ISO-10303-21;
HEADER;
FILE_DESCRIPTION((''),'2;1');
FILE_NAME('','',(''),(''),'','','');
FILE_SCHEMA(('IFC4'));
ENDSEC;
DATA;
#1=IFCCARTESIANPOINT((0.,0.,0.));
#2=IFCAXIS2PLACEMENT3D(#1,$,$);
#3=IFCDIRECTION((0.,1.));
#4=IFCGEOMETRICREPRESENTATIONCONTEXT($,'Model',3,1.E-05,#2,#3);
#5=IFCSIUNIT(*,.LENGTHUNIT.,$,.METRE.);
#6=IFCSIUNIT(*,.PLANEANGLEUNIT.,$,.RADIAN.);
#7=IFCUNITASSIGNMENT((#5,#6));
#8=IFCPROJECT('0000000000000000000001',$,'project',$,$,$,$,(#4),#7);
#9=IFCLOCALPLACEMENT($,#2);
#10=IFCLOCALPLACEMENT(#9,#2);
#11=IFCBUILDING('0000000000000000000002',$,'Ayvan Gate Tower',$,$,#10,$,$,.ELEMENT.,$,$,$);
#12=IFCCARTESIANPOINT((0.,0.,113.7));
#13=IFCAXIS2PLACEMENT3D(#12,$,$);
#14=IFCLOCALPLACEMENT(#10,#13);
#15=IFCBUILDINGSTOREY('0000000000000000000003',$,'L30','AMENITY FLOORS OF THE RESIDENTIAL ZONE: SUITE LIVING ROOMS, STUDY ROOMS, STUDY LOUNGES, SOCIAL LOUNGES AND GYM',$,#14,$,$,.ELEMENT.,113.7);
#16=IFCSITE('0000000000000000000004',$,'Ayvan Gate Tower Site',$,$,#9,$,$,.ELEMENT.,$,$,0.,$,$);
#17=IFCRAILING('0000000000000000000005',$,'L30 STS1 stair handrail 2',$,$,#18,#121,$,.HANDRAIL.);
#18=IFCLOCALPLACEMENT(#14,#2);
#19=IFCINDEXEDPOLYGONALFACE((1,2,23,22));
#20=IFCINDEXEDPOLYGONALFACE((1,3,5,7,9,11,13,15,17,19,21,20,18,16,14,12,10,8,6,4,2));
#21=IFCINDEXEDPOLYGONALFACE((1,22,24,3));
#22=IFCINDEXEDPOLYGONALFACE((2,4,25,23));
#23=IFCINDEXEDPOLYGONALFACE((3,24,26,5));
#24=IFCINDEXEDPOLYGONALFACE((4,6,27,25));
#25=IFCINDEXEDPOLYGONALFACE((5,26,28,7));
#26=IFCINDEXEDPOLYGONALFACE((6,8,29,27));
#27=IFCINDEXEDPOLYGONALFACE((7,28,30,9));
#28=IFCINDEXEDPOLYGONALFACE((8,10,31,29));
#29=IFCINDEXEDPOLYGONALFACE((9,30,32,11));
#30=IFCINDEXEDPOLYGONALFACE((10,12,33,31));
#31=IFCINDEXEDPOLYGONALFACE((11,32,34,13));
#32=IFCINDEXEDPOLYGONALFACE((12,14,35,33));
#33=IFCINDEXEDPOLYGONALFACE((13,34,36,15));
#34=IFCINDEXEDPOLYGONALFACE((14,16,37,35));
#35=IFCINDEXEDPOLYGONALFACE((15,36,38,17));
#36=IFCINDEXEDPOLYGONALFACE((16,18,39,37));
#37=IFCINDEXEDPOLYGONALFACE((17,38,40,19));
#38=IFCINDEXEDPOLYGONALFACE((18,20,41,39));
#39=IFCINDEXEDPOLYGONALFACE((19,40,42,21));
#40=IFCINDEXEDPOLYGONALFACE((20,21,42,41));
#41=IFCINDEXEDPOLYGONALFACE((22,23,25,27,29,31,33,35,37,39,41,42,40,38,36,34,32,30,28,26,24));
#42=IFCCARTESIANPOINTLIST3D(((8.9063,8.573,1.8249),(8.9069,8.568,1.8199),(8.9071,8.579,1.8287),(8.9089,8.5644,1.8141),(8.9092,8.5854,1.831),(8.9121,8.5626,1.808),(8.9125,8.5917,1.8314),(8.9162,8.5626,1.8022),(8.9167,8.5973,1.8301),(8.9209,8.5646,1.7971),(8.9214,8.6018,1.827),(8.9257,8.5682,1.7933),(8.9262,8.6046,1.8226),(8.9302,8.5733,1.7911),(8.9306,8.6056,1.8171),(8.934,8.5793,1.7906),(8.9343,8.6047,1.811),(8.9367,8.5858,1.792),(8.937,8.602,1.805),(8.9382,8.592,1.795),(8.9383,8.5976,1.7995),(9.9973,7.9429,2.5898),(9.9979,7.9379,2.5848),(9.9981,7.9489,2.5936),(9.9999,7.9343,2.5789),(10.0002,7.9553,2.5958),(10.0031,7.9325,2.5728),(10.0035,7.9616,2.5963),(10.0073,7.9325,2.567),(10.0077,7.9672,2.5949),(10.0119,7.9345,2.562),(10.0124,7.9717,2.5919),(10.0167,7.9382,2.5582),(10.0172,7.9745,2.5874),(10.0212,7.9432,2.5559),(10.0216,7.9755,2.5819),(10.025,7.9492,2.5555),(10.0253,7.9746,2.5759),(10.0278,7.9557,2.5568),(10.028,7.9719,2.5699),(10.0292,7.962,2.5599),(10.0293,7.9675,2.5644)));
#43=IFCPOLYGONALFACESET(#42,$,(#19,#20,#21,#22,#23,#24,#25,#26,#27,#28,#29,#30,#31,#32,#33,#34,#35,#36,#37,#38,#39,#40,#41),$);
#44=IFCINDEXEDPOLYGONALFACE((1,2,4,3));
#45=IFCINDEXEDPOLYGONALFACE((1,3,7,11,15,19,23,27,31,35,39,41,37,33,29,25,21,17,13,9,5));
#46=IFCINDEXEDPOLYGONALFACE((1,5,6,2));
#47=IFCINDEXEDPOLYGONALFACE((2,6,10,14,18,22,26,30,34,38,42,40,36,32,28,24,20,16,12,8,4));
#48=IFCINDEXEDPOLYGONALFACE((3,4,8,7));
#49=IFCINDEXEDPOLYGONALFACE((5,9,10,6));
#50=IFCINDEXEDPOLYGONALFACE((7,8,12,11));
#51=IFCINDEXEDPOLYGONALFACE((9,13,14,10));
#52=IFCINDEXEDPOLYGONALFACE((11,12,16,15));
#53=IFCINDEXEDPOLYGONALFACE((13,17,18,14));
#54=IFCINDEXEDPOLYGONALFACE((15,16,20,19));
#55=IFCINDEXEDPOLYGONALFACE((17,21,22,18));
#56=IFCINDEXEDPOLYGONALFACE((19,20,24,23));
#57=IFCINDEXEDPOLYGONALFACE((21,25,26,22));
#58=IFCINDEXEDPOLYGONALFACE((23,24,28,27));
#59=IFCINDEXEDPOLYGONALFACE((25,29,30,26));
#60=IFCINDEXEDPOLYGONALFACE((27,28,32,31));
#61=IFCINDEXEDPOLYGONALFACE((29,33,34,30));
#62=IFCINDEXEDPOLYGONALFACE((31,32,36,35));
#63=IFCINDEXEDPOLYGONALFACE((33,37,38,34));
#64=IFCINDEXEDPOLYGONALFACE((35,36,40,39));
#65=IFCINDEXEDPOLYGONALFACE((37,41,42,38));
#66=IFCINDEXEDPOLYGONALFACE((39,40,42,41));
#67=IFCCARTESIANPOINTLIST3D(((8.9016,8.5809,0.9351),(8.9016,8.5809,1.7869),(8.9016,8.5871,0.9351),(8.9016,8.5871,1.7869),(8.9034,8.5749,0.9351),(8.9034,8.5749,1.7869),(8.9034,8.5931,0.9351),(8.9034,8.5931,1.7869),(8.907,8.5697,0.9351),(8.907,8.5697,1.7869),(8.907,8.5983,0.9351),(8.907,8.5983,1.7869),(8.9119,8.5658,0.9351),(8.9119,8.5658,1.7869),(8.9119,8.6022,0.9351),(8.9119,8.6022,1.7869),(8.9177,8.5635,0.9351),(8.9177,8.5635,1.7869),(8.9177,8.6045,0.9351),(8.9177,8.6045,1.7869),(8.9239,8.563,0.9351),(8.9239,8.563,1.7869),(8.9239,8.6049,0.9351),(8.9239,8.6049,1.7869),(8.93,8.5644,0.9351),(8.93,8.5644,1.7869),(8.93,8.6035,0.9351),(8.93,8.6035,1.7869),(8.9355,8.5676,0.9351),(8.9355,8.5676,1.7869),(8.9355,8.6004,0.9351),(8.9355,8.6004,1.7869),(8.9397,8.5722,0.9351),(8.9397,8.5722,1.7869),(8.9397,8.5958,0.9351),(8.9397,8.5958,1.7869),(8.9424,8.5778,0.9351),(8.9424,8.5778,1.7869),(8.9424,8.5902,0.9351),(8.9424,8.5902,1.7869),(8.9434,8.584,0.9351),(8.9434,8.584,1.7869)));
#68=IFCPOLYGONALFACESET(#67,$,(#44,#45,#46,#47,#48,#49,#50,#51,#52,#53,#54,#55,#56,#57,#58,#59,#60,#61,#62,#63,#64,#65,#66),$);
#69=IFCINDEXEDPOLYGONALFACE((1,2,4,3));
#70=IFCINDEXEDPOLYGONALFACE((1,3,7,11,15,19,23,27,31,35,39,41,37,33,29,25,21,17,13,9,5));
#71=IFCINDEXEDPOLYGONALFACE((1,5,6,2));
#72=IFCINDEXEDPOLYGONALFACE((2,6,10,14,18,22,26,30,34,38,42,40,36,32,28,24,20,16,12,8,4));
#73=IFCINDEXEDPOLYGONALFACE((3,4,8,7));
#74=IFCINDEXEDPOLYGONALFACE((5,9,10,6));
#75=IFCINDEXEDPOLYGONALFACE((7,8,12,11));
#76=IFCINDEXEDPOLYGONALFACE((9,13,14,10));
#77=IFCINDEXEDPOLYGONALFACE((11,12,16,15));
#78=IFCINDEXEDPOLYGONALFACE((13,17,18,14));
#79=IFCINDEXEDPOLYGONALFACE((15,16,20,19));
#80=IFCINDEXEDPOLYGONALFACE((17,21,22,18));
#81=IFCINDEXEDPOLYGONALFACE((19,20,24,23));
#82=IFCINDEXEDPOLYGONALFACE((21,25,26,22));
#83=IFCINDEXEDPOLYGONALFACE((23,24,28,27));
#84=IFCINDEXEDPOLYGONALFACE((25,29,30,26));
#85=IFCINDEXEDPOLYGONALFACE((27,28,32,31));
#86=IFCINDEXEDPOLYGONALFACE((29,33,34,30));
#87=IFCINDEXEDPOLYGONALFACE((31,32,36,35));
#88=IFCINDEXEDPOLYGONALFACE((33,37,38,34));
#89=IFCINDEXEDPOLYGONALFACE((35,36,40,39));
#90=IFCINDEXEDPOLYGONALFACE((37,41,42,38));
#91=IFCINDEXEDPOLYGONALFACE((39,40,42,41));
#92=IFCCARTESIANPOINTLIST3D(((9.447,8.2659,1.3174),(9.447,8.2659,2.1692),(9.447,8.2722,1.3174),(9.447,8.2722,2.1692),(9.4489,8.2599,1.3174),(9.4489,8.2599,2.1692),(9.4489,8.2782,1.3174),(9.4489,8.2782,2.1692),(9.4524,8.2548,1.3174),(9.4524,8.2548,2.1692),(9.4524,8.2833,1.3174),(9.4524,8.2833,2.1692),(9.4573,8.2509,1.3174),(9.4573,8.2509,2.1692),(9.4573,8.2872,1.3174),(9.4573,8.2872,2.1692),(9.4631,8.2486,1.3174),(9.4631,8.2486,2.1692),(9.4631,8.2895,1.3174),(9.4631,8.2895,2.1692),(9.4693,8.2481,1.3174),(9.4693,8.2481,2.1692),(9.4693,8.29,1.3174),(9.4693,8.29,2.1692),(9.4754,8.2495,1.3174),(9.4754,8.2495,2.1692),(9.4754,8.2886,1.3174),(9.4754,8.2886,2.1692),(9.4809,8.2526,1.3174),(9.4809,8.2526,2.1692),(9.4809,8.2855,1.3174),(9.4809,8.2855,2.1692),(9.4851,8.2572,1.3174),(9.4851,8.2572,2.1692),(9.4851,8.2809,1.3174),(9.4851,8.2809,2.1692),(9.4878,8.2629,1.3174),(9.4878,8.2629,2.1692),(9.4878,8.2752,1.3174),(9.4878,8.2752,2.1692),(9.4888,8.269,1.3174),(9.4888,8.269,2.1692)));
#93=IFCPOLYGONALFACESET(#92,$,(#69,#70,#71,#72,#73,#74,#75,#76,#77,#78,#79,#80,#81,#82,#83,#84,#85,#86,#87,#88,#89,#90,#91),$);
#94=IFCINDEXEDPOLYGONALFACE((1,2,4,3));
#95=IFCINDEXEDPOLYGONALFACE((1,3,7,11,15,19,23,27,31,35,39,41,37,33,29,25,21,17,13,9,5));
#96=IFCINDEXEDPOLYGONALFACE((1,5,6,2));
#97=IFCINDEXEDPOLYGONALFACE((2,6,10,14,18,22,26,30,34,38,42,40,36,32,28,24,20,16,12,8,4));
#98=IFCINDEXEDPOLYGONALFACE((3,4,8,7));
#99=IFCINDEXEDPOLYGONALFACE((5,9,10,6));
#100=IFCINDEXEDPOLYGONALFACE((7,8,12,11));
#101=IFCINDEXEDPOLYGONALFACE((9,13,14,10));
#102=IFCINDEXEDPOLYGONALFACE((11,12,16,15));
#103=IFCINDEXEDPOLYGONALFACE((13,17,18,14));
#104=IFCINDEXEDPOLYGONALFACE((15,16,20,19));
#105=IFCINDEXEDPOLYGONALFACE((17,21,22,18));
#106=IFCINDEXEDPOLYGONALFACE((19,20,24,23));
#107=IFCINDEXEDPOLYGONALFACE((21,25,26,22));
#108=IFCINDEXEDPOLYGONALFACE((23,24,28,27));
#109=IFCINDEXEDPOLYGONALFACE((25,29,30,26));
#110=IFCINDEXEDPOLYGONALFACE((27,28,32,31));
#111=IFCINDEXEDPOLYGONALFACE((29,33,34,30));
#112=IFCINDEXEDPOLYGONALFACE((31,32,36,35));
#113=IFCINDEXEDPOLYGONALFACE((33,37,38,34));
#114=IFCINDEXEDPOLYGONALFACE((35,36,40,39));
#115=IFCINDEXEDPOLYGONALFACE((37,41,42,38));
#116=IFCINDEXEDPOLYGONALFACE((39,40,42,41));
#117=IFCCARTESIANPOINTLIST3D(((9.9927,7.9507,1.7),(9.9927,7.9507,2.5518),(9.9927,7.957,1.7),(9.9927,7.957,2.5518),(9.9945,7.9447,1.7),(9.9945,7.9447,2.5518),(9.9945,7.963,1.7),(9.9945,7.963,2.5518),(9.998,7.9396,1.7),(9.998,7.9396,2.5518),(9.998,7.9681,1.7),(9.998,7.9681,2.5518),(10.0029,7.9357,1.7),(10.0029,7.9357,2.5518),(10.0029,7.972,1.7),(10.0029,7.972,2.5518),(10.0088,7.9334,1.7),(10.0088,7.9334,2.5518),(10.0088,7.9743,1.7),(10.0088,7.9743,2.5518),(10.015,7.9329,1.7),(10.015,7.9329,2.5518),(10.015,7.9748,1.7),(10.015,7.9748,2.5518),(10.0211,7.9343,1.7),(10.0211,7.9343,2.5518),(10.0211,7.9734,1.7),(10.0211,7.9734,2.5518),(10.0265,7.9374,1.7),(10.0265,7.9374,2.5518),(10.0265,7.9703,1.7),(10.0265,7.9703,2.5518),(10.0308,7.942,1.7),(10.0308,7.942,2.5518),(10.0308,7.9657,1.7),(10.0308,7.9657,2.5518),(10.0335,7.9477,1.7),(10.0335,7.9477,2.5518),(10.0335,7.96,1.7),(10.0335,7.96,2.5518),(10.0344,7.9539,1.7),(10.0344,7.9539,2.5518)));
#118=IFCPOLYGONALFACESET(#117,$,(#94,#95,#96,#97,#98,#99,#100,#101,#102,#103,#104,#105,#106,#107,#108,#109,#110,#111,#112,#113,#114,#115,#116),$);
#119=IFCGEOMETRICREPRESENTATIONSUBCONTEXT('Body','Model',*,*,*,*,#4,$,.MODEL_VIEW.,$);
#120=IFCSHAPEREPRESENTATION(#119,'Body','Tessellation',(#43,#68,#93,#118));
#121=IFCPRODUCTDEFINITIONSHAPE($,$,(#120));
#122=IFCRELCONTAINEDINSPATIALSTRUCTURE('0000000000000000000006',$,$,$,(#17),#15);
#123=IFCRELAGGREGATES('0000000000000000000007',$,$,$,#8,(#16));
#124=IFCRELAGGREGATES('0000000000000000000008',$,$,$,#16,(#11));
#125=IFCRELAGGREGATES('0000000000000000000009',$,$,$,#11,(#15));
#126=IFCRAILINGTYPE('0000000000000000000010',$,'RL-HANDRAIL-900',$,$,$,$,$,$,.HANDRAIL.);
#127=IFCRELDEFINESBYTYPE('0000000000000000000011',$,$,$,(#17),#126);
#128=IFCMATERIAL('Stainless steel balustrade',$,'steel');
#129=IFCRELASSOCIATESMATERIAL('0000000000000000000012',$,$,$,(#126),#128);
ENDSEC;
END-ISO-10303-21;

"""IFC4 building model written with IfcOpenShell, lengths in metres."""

from ifc_helpers import new_model, si_unit, direction, frame, origin, origin_2d, place, context, subcontext, project, spatial, circle, extrude, material, type_object, element, save


model = new_model("IFC4")

# Units and contexts
model_context = context("Model", 3, precision=1e-05, world=origin(), true_north=direction((0.0, 1.0)))
body_context = subcontext(model_context, "Body", "Model", "MODEL_VIEW")
ifc_project = project(units=[si_unit("LENGTHUNIT", "METRE"), si_unit("PLANEANGLEUNIT", "RADIAN")], contexts=[model_context])

# Site, building, storey
site_placement = place(None, origin())
site = spatial("IfcSite", under=ifc_project, at=site_placement, Name="Ayvan Gate Tower Site", CompositionType="ELEMENT", RefElevation=0.0)
building_placement = place(site_placement, origin())
building = spatial("IfcBuilding", under=site, at=building_placement, Name="Ayvan Gate Tower", CompositionType="ELEMENT")
storey_placement = place(building_placement, frame((0.0, 0.0, 113.7)))
storey = spatial("IfcBuildingStorey", under=building, at=storey_placement, Name="L30", Description="AMENITY FLOORS OF THE RESIDENTIAL ZONE: SUITE LIVING ROOMS, STUDY ROOMS, STUDY LOUNGES, SOCIAL LOUNGES AND GYM", CompositionType="ELEMENT", Elevation=113.7)

# Railing
ifc_material_1 = material(Name="Stainless steel balustrade", Category="steel")
railing_type_1 = type_object("IfcRailingType", Name="RL-HANDRAIL-900", PredefinedType="HANDRAIL", material=ifc_material_1)
railing_1_placement = place(storey_placement, frame((8.9224, 8.584, 0.9351)))
element("IfcRailing", 1, at=railing_1_placement, inside=storey, type_object=railing_type_1, Name="L30 STS1 stair handrail 2", PredefinedType="HANDRAIL", context=body_context, shape_type="SweptSolid", body=[
    extrude(circle(Radius=0.0239, at=origin_2d()), frame((0.0, 0.0, 0.876), z_axis=(0.740229, -0.427508, 0.518939), x_axis=(0.500119, 0.865956, 0.0)), (0.0, 0.0, 1.0), 1.4739),
    extrude(circle(Radius=0.021, at=origin_2d()), origin(), (0.0, 0.0, 1.0), 0.8518),
    extrude(circle(Radius=0.021, at=origin_2d()), frame((0.5454, -0.3149, 0.3823)), (0.0, 0.0, 1.0), 0.8518),
    extrude(circle(Radius=0.021, at=origin_2d()), frame((1.0911, -0.6301, 0.7649)), (0.0, 0.0, 1.0), 0.8518),
])

save(model, "model.ifc")
